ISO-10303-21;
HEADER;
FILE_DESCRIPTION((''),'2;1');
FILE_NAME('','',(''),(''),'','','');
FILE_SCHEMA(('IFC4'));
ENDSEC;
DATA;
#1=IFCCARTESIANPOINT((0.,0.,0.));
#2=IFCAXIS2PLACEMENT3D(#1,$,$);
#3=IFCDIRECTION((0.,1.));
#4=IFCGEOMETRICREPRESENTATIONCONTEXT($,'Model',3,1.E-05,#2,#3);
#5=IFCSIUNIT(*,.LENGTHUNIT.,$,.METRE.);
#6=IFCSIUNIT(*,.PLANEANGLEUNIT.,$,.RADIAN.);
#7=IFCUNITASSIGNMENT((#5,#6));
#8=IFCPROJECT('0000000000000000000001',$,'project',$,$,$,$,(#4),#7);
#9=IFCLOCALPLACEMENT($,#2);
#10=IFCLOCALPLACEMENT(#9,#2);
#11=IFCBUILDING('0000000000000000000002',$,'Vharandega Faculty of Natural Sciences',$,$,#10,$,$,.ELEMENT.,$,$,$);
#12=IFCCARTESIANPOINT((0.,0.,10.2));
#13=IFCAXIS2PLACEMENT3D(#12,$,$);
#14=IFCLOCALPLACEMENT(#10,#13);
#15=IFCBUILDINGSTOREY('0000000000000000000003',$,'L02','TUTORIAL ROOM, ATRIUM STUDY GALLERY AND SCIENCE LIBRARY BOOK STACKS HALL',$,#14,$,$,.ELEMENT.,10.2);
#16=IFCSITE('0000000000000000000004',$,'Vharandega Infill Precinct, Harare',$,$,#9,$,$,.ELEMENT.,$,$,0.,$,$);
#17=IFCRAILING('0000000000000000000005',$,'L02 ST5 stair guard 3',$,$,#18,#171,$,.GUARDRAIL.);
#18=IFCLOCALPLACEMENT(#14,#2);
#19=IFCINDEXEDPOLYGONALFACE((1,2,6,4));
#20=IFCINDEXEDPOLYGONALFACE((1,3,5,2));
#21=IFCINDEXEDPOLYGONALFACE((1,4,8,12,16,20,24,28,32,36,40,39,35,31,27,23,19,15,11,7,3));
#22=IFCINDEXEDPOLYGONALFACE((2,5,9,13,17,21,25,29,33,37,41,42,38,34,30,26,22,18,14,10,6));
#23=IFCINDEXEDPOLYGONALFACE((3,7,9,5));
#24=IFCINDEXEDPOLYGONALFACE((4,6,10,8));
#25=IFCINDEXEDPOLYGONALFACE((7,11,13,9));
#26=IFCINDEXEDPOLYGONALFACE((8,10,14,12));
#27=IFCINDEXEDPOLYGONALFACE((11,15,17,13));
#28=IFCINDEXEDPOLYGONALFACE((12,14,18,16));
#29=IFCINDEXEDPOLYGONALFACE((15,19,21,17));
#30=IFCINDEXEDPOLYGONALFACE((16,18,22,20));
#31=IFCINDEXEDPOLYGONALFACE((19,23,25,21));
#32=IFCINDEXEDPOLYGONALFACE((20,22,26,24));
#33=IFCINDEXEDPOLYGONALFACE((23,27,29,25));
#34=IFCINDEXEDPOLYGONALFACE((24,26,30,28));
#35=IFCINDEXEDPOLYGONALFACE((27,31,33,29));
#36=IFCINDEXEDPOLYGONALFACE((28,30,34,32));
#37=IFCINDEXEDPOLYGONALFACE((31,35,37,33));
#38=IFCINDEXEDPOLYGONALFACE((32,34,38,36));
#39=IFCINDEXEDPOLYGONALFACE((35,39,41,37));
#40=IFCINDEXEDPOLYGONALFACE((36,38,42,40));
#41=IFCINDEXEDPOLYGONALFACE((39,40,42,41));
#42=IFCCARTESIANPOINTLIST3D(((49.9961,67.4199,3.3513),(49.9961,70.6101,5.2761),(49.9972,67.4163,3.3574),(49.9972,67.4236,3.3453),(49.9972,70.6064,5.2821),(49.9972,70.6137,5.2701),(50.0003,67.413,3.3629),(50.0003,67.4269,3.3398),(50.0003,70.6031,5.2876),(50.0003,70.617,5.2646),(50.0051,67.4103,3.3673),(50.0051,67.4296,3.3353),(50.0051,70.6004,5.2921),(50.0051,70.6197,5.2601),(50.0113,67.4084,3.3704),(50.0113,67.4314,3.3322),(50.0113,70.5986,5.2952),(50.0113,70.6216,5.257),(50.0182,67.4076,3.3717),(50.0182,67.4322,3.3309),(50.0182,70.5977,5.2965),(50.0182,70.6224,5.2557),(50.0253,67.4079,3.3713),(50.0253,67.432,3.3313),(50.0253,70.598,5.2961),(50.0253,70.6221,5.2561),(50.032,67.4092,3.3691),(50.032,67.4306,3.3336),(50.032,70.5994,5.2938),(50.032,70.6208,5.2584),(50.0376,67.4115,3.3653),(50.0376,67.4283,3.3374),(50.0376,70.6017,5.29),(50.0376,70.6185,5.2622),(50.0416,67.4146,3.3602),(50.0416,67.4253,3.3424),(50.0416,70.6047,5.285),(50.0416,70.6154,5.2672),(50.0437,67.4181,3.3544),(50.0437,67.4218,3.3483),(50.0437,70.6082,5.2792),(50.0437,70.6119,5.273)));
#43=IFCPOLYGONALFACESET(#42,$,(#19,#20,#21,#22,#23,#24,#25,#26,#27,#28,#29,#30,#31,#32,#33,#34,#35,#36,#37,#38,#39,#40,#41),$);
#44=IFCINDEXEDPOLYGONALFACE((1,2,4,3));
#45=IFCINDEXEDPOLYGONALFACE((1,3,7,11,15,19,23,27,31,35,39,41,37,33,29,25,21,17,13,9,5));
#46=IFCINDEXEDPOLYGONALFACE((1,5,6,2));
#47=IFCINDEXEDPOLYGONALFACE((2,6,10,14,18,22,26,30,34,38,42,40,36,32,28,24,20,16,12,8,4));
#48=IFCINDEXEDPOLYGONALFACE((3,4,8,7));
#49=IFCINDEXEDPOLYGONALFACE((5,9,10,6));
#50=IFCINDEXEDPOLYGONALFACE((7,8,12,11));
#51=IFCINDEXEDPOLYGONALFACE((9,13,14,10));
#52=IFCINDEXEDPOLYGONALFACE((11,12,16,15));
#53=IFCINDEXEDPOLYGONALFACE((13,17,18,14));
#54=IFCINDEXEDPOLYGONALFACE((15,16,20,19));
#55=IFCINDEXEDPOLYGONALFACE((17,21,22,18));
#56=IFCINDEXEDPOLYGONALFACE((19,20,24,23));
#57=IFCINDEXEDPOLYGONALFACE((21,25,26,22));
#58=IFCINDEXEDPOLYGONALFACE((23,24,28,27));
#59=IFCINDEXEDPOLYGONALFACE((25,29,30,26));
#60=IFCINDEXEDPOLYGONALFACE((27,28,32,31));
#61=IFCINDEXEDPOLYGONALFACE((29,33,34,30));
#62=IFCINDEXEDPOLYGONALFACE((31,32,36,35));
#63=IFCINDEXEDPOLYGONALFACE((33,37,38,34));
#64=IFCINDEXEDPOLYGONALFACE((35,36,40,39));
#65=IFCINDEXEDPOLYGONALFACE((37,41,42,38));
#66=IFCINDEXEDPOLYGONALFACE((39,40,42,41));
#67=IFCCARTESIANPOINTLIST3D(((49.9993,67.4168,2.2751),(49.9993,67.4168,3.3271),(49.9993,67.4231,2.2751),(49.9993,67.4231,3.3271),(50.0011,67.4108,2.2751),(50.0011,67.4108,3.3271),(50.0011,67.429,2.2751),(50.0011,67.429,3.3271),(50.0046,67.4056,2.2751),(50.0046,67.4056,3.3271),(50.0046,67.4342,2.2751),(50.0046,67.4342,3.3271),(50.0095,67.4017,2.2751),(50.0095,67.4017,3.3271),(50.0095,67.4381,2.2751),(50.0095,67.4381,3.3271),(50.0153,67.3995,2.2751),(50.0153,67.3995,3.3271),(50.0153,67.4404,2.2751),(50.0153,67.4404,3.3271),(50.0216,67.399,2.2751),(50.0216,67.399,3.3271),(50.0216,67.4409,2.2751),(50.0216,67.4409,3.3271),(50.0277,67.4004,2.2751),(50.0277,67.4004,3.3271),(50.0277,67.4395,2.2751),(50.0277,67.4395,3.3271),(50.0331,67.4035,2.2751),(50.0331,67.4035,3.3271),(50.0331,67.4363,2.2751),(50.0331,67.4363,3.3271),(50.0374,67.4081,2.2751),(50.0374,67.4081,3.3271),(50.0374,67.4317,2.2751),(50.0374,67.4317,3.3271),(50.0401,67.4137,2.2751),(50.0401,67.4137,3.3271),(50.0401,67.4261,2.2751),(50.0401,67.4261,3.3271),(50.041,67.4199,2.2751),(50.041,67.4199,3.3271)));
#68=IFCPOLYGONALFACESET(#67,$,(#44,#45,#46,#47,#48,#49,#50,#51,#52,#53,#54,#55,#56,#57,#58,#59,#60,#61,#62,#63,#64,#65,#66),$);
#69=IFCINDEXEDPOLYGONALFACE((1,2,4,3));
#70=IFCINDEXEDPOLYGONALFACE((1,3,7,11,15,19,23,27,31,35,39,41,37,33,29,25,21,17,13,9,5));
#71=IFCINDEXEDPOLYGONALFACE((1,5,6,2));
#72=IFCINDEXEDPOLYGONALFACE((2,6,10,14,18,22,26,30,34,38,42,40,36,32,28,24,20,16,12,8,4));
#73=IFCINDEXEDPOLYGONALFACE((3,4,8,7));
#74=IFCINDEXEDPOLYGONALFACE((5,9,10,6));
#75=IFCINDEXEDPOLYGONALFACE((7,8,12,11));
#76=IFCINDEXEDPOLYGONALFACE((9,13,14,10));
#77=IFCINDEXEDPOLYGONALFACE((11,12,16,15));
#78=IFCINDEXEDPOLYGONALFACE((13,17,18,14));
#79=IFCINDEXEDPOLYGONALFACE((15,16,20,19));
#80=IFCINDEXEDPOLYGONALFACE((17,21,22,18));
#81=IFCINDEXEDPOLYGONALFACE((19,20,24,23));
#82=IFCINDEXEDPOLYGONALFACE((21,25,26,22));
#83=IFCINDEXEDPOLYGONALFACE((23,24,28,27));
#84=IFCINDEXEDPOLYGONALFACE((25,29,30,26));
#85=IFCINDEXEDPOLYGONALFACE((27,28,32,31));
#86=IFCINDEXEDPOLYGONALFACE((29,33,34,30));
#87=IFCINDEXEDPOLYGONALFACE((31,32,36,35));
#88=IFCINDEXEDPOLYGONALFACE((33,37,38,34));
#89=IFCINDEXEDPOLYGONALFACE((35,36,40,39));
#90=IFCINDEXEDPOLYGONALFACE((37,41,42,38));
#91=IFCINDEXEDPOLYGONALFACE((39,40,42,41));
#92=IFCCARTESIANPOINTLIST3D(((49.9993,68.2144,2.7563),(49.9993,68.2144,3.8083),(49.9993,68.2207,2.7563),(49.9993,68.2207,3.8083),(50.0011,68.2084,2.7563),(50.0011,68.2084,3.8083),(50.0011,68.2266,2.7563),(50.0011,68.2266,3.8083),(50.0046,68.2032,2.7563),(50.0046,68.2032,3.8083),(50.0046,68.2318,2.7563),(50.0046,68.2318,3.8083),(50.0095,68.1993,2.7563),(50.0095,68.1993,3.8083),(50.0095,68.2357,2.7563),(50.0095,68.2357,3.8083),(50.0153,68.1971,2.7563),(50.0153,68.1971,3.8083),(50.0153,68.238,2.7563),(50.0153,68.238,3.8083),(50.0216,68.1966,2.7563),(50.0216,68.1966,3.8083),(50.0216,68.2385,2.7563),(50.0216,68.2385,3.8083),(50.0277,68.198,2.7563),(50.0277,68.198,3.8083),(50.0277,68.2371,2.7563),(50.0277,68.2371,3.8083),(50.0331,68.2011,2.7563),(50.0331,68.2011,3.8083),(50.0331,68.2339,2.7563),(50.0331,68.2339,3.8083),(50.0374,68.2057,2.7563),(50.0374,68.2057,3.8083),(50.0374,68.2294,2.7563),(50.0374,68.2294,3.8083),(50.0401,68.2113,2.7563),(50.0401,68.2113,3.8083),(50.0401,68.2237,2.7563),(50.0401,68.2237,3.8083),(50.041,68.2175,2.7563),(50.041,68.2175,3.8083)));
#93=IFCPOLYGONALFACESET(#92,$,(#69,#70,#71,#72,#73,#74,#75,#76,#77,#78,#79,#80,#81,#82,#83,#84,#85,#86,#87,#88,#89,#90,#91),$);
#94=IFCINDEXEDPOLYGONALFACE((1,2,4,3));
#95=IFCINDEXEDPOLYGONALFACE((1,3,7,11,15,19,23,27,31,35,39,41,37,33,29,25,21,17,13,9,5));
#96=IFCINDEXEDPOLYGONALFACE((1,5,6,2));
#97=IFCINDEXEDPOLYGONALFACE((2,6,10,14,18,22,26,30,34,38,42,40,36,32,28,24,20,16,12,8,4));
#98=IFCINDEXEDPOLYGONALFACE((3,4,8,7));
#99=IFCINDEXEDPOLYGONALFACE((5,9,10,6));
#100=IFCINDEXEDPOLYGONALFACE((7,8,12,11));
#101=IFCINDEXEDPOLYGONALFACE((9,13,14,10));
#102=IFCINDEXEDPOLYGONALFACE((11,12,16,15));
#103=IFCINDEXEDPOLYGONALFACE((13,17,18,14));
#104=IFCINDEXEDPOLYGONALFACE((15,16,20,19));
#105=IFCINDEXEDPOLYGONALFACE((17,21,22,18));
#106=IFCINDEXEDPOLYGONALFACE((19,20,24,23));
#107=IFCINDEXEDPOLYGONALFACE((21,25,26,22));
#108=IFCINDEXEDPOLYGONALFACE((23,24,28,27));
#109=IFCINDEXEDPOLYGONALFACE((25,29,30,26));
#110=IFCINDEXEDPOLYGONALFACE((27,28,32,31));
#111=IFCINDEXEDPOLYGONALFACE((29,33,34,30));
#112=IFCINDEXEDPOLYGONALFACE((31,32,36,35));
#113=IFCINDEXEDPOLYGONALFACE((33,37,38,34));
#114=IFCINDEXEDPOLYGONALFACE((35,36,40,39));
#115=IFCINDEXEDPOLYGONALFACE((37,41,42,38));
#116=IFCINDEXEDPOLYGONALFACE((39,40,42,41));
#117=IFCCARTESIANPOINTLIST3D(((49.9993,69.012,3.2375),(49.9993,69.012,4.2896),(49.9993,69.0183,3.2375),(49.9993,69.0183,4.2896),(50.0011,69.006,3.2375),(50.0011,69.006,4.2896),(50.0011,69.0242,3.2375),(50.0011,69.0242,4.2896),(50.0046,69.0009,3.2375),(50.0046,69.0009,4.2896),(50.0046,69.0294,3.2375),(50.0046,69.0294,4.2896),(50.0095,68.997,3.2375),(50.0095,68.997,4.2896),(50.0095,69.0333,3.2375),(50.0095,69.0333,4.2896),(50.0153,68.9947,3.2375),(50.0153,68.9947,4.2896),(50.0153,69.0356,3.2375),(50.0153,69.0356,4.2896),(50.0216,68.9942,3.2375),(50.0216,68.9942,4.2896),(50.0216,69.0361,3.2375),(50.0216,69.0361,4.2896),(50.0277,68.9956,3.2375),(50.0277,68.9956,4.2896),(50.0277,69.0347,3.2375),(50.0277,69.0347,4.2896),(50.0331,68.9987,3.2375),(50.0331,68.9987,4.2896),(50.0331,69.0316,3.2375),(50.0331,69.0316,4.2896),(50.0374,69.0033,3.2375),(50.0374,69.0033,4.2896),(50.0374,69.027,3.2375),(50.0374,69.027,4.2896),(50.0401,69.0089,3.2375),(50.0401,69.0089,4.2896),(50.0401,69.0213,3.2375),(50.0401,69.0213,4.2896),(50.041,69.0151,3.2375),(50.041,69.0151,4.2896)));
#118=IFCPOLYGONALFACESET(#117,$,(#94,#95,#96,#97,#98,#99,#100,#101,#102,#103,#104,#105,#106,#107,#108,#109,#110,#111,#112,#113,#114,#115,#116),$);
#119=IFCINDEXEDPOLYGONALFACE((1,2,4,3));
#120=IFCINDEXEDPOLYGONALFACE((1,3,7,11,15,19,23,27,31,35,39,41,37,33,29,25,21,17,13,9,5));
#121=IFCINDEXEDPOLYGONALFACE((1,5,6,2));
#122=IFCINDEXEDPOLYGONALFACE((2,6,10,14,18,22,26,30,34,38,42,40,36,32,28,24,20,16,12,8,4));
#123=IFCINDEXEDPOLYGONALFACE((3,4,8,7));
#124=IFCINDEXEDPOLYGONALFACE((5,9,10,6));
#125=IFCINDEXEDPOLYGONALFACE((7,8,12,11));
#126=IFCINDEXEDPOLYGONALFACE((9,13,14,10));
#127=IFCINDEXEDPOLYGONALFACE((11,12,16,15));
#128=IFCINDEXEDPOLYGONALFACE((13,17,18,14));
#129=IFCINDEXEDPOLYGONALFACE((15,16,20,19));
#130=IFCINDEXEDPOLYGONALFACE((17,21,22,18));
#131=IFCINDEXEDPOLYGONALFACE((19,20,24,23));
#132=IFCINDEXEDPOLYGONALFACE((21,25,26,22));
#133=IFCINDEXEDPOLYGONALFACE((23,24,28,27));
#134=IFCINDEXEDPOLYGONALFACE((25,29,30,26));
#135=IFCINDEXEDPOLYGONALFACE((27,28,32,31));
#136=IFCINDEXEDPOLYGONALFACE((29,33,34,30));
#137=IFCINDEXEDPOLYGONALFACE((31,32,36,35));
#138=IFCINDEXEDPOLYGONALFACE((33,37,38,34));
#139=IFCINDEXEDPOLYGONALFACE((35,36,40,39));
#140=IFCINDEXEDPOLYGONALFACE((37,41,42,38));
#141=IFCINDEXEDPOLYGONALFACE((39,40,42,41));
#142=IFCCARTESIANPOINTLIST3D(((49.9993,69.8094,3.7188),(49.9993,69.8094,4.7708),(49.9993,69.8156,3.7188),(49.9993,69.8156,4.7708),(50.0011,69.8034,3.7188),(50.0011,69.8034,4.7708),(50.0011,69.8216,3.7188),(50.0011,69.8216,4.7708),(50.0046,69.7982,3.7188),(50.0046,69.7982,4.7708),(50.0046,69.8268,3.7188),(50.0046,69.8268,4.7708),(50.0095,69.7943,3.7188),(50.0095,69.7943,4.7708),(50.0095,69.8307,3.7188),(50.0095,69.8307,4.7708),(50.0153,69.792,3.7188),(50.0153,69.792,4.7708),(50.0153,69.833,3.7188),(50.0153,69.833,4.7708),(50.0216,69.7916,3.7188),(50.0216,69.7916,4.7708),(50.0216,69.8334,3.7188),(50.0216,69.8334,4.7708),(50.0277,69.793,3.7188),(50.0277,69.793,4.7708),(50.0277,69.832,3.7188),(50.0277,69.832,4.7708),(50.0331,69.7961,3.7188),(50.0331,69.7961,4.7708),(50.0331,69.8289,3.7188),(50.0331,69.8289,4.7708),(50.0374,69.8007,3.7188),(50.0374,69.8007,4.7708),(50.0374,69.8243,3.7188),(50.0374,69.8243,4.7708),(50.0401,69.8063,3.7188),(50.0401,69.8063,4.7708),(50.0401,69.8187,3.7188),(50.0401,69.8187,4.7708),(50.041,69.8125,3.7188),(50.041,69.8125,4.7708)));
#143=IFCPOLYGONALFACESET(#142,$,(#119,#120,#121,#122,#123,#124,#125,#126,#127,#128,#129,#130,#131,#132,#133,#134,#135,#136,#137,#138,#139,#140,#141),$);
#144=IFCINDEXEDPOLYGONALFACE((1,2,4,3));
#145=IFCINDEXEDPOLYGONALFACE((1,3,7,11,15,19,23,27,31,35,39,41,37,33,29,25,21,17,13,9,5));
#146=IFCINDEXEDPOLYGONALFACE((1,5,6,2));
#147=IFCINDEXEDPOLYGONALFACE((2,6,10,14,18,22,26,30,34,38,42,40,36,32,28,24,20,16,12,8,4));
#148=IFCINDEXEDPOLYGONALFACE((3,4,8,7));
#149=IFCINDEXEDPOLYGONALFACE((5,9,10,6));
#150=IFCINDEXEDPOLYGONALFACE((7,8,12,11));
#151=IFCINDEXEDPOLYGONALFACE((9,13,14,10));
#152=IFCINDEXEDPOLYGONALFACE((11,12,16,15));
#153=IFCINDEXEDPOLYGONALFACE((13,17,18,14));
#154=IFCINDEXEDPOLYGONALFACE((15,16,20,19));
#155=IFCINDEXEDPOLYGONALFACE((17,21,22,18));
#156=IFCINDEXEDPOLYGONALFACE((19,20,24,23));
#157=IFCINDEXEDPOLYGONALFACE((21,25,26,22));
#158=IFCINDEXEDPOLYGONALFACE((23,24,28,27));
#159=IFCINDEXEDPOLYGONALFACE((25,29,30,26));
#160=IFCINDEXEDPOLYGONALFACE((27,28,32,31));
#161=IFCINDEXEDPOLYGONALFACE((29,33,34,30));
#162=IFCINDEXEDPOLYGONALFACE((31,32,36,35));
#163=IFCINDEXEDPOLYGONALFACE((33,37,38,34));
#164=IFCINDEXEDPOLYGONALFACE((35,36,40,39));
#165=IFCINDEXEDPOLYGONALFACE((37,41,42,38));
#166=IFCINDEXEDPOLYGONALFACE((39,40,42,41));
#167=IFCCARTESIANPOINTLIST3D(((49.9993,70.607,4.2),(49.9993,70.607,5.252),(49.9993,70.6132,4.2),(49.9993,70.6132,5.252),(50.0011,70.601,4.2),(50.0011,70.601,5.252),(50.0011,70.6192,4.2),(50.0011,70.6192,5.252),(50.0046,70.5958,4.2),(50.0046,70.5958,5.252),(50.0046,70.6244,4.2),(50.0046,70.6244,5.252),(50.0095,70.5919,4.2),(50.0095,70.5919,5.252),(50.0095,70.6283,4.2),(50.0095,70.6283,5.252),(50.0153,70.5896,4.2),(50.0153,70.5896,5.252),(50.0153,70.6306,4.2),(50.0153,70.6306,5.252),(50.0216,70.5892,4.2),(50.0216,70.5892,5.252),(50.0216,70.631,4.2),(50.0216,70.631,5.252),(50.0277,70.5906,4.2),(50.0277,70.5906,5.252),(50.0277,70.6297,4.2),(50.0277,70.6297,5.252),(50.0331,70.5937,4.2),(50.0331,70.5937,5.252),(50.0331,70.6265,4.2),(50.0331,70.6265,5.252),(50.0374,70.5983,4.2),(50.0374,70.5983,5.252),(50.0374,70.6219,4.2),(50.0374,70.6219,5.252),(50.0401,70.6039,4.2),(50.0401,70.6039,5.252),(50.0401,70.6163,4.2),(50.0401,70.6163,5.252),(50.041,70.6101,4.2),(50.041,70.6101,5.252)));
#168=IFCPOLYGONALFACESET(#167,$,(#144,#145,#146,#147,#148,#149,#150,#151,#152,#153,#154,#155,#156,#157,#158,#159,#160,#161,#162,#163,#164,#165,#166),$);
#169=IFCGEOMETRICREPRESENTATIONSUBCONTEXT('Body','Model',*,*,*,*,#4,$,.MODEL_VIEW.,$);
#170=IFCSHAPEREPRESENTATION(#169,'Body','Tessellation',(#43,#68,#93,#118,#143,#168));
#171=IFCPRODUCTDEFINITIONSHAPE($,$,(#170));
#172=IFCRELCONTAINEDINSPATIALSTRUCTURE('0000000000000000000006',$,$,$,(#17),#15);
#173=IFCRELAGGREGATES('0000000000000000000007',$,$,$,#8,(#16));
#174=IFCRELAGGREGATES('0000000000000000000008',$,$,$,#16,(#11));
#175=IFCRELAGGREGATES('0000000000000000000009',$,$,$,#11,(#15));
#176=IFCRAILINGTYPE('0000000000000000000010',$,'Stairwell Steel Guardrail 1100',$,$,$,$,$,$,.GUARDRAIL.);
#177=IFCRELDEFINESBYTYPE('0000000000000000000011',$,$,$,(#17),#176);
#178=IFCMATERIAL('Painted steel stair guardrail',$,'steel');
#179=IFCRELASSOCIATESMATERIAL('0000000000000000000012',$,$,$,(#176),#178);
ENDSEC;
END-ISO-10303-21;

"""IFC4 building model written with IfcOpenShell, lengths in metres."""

from ifc_helpers import new_model, si_unit, direction, frame, origin, origin_2d, place, context, subcontext, project, spatial, circle, extrude, material, type_object, element, save


model = new_model("IFC4")

# Units and contexts
model_context = context("Model", 3, precision=1e-05, world=origin(), true_north=direction((0.0, 1.0)))
body_context = subcontext(model_context, "Body", "Model", "MODEL_VIEW")
ifc_project = project(units=[si_unit("LENGTHUNIT", "METRE"), si_unit("PLANEANGLEUNIT", "RADIAN")], contexts=[model_context])

# Site, building, storey
site_placement = place(None, origin())
site = spatial("IfcSite", under=ifc_project, at=site_placement, Name="Vharandega Infill Precinct, Harare", CompositionType="ELEMENT", RefElevation=0.0)
building_placement = place(site_placement, origin())
building = spatial("IfcBuilding", under=site, at=building_placement, Name="Vharandega Faculty of Natural Sciences", CompositionType="ELEMENT")
storey_placement = place(building_placement, frame((0.0, 0.0, 10.2)))
storey = spatial("IfcBuildingStorey", under=building, at=storey_placement, Name="L02", Description="TUTORIAL ROOM, ATRIUM STUDY GALLERY AND SCIENCE LIBRARY BOOK STACKS HALL", CompositionType="ELEMENT", Elevation=10.2)

# Railing
ifc_material_1 = material(Name="Painted steel stair guardrail", Category="steel")
railing_type_1 = type_object("IfcRailingType", Name="Stairwell Steel Guardrail 1100", PredefinedType="GUARDRAIL", material=ifc_material_1)
railing_1_placement = place(storey_placement, frame((50.02, 67.4199, 2.2751)))
element("IfcRailing", 1, at=railing_1_placement, inside=storey, type_object=railing_type_1, Name="L02 ST5 stair guard 3", PredefinedType="GUARDRAIL", context=body_context, shape_type="SweptSolid", body=[
    extrude(circle(Radius=0.0239, at=origin_2d()), frame((0.0, 0.0, 1.0762), z_axis=(0.0, 0.856224, 0.516605), x_axis=(-1.0, 0.0, 0.0)), (0.0, 0.0, 1.0), 3.7258),
    extrude(circle(Radius=0.021, at=origin_2d()), origin(), (0.0, 0.0, 1.0), 1.052),
    extrude(circle(Radius=0.021, at=origin_2d()), frame((0.0, 0.7976, 0.4812)), (0.0, 0.0, 1.0), 1.052),
    extrude(circle(Radius=0.021, at=origin_2d()), frame((0.0, 1.5952, 0.9624)), (0.0, 0.0, 1.0), 1.052),
    extrude(circle(Radius=0.021, at=origin_2d()), frame((0.0, 2.3926, 1.4436)), (0.0, 0.0, 1.0), 1.052),
    extrude(circle(Radius=0.021, at=origin_2d()), frame((0.0, 3.1902, 1.9248)), (0.0, 0.0, 1.0), 1.052),
])

save(model, "model.ifc")
